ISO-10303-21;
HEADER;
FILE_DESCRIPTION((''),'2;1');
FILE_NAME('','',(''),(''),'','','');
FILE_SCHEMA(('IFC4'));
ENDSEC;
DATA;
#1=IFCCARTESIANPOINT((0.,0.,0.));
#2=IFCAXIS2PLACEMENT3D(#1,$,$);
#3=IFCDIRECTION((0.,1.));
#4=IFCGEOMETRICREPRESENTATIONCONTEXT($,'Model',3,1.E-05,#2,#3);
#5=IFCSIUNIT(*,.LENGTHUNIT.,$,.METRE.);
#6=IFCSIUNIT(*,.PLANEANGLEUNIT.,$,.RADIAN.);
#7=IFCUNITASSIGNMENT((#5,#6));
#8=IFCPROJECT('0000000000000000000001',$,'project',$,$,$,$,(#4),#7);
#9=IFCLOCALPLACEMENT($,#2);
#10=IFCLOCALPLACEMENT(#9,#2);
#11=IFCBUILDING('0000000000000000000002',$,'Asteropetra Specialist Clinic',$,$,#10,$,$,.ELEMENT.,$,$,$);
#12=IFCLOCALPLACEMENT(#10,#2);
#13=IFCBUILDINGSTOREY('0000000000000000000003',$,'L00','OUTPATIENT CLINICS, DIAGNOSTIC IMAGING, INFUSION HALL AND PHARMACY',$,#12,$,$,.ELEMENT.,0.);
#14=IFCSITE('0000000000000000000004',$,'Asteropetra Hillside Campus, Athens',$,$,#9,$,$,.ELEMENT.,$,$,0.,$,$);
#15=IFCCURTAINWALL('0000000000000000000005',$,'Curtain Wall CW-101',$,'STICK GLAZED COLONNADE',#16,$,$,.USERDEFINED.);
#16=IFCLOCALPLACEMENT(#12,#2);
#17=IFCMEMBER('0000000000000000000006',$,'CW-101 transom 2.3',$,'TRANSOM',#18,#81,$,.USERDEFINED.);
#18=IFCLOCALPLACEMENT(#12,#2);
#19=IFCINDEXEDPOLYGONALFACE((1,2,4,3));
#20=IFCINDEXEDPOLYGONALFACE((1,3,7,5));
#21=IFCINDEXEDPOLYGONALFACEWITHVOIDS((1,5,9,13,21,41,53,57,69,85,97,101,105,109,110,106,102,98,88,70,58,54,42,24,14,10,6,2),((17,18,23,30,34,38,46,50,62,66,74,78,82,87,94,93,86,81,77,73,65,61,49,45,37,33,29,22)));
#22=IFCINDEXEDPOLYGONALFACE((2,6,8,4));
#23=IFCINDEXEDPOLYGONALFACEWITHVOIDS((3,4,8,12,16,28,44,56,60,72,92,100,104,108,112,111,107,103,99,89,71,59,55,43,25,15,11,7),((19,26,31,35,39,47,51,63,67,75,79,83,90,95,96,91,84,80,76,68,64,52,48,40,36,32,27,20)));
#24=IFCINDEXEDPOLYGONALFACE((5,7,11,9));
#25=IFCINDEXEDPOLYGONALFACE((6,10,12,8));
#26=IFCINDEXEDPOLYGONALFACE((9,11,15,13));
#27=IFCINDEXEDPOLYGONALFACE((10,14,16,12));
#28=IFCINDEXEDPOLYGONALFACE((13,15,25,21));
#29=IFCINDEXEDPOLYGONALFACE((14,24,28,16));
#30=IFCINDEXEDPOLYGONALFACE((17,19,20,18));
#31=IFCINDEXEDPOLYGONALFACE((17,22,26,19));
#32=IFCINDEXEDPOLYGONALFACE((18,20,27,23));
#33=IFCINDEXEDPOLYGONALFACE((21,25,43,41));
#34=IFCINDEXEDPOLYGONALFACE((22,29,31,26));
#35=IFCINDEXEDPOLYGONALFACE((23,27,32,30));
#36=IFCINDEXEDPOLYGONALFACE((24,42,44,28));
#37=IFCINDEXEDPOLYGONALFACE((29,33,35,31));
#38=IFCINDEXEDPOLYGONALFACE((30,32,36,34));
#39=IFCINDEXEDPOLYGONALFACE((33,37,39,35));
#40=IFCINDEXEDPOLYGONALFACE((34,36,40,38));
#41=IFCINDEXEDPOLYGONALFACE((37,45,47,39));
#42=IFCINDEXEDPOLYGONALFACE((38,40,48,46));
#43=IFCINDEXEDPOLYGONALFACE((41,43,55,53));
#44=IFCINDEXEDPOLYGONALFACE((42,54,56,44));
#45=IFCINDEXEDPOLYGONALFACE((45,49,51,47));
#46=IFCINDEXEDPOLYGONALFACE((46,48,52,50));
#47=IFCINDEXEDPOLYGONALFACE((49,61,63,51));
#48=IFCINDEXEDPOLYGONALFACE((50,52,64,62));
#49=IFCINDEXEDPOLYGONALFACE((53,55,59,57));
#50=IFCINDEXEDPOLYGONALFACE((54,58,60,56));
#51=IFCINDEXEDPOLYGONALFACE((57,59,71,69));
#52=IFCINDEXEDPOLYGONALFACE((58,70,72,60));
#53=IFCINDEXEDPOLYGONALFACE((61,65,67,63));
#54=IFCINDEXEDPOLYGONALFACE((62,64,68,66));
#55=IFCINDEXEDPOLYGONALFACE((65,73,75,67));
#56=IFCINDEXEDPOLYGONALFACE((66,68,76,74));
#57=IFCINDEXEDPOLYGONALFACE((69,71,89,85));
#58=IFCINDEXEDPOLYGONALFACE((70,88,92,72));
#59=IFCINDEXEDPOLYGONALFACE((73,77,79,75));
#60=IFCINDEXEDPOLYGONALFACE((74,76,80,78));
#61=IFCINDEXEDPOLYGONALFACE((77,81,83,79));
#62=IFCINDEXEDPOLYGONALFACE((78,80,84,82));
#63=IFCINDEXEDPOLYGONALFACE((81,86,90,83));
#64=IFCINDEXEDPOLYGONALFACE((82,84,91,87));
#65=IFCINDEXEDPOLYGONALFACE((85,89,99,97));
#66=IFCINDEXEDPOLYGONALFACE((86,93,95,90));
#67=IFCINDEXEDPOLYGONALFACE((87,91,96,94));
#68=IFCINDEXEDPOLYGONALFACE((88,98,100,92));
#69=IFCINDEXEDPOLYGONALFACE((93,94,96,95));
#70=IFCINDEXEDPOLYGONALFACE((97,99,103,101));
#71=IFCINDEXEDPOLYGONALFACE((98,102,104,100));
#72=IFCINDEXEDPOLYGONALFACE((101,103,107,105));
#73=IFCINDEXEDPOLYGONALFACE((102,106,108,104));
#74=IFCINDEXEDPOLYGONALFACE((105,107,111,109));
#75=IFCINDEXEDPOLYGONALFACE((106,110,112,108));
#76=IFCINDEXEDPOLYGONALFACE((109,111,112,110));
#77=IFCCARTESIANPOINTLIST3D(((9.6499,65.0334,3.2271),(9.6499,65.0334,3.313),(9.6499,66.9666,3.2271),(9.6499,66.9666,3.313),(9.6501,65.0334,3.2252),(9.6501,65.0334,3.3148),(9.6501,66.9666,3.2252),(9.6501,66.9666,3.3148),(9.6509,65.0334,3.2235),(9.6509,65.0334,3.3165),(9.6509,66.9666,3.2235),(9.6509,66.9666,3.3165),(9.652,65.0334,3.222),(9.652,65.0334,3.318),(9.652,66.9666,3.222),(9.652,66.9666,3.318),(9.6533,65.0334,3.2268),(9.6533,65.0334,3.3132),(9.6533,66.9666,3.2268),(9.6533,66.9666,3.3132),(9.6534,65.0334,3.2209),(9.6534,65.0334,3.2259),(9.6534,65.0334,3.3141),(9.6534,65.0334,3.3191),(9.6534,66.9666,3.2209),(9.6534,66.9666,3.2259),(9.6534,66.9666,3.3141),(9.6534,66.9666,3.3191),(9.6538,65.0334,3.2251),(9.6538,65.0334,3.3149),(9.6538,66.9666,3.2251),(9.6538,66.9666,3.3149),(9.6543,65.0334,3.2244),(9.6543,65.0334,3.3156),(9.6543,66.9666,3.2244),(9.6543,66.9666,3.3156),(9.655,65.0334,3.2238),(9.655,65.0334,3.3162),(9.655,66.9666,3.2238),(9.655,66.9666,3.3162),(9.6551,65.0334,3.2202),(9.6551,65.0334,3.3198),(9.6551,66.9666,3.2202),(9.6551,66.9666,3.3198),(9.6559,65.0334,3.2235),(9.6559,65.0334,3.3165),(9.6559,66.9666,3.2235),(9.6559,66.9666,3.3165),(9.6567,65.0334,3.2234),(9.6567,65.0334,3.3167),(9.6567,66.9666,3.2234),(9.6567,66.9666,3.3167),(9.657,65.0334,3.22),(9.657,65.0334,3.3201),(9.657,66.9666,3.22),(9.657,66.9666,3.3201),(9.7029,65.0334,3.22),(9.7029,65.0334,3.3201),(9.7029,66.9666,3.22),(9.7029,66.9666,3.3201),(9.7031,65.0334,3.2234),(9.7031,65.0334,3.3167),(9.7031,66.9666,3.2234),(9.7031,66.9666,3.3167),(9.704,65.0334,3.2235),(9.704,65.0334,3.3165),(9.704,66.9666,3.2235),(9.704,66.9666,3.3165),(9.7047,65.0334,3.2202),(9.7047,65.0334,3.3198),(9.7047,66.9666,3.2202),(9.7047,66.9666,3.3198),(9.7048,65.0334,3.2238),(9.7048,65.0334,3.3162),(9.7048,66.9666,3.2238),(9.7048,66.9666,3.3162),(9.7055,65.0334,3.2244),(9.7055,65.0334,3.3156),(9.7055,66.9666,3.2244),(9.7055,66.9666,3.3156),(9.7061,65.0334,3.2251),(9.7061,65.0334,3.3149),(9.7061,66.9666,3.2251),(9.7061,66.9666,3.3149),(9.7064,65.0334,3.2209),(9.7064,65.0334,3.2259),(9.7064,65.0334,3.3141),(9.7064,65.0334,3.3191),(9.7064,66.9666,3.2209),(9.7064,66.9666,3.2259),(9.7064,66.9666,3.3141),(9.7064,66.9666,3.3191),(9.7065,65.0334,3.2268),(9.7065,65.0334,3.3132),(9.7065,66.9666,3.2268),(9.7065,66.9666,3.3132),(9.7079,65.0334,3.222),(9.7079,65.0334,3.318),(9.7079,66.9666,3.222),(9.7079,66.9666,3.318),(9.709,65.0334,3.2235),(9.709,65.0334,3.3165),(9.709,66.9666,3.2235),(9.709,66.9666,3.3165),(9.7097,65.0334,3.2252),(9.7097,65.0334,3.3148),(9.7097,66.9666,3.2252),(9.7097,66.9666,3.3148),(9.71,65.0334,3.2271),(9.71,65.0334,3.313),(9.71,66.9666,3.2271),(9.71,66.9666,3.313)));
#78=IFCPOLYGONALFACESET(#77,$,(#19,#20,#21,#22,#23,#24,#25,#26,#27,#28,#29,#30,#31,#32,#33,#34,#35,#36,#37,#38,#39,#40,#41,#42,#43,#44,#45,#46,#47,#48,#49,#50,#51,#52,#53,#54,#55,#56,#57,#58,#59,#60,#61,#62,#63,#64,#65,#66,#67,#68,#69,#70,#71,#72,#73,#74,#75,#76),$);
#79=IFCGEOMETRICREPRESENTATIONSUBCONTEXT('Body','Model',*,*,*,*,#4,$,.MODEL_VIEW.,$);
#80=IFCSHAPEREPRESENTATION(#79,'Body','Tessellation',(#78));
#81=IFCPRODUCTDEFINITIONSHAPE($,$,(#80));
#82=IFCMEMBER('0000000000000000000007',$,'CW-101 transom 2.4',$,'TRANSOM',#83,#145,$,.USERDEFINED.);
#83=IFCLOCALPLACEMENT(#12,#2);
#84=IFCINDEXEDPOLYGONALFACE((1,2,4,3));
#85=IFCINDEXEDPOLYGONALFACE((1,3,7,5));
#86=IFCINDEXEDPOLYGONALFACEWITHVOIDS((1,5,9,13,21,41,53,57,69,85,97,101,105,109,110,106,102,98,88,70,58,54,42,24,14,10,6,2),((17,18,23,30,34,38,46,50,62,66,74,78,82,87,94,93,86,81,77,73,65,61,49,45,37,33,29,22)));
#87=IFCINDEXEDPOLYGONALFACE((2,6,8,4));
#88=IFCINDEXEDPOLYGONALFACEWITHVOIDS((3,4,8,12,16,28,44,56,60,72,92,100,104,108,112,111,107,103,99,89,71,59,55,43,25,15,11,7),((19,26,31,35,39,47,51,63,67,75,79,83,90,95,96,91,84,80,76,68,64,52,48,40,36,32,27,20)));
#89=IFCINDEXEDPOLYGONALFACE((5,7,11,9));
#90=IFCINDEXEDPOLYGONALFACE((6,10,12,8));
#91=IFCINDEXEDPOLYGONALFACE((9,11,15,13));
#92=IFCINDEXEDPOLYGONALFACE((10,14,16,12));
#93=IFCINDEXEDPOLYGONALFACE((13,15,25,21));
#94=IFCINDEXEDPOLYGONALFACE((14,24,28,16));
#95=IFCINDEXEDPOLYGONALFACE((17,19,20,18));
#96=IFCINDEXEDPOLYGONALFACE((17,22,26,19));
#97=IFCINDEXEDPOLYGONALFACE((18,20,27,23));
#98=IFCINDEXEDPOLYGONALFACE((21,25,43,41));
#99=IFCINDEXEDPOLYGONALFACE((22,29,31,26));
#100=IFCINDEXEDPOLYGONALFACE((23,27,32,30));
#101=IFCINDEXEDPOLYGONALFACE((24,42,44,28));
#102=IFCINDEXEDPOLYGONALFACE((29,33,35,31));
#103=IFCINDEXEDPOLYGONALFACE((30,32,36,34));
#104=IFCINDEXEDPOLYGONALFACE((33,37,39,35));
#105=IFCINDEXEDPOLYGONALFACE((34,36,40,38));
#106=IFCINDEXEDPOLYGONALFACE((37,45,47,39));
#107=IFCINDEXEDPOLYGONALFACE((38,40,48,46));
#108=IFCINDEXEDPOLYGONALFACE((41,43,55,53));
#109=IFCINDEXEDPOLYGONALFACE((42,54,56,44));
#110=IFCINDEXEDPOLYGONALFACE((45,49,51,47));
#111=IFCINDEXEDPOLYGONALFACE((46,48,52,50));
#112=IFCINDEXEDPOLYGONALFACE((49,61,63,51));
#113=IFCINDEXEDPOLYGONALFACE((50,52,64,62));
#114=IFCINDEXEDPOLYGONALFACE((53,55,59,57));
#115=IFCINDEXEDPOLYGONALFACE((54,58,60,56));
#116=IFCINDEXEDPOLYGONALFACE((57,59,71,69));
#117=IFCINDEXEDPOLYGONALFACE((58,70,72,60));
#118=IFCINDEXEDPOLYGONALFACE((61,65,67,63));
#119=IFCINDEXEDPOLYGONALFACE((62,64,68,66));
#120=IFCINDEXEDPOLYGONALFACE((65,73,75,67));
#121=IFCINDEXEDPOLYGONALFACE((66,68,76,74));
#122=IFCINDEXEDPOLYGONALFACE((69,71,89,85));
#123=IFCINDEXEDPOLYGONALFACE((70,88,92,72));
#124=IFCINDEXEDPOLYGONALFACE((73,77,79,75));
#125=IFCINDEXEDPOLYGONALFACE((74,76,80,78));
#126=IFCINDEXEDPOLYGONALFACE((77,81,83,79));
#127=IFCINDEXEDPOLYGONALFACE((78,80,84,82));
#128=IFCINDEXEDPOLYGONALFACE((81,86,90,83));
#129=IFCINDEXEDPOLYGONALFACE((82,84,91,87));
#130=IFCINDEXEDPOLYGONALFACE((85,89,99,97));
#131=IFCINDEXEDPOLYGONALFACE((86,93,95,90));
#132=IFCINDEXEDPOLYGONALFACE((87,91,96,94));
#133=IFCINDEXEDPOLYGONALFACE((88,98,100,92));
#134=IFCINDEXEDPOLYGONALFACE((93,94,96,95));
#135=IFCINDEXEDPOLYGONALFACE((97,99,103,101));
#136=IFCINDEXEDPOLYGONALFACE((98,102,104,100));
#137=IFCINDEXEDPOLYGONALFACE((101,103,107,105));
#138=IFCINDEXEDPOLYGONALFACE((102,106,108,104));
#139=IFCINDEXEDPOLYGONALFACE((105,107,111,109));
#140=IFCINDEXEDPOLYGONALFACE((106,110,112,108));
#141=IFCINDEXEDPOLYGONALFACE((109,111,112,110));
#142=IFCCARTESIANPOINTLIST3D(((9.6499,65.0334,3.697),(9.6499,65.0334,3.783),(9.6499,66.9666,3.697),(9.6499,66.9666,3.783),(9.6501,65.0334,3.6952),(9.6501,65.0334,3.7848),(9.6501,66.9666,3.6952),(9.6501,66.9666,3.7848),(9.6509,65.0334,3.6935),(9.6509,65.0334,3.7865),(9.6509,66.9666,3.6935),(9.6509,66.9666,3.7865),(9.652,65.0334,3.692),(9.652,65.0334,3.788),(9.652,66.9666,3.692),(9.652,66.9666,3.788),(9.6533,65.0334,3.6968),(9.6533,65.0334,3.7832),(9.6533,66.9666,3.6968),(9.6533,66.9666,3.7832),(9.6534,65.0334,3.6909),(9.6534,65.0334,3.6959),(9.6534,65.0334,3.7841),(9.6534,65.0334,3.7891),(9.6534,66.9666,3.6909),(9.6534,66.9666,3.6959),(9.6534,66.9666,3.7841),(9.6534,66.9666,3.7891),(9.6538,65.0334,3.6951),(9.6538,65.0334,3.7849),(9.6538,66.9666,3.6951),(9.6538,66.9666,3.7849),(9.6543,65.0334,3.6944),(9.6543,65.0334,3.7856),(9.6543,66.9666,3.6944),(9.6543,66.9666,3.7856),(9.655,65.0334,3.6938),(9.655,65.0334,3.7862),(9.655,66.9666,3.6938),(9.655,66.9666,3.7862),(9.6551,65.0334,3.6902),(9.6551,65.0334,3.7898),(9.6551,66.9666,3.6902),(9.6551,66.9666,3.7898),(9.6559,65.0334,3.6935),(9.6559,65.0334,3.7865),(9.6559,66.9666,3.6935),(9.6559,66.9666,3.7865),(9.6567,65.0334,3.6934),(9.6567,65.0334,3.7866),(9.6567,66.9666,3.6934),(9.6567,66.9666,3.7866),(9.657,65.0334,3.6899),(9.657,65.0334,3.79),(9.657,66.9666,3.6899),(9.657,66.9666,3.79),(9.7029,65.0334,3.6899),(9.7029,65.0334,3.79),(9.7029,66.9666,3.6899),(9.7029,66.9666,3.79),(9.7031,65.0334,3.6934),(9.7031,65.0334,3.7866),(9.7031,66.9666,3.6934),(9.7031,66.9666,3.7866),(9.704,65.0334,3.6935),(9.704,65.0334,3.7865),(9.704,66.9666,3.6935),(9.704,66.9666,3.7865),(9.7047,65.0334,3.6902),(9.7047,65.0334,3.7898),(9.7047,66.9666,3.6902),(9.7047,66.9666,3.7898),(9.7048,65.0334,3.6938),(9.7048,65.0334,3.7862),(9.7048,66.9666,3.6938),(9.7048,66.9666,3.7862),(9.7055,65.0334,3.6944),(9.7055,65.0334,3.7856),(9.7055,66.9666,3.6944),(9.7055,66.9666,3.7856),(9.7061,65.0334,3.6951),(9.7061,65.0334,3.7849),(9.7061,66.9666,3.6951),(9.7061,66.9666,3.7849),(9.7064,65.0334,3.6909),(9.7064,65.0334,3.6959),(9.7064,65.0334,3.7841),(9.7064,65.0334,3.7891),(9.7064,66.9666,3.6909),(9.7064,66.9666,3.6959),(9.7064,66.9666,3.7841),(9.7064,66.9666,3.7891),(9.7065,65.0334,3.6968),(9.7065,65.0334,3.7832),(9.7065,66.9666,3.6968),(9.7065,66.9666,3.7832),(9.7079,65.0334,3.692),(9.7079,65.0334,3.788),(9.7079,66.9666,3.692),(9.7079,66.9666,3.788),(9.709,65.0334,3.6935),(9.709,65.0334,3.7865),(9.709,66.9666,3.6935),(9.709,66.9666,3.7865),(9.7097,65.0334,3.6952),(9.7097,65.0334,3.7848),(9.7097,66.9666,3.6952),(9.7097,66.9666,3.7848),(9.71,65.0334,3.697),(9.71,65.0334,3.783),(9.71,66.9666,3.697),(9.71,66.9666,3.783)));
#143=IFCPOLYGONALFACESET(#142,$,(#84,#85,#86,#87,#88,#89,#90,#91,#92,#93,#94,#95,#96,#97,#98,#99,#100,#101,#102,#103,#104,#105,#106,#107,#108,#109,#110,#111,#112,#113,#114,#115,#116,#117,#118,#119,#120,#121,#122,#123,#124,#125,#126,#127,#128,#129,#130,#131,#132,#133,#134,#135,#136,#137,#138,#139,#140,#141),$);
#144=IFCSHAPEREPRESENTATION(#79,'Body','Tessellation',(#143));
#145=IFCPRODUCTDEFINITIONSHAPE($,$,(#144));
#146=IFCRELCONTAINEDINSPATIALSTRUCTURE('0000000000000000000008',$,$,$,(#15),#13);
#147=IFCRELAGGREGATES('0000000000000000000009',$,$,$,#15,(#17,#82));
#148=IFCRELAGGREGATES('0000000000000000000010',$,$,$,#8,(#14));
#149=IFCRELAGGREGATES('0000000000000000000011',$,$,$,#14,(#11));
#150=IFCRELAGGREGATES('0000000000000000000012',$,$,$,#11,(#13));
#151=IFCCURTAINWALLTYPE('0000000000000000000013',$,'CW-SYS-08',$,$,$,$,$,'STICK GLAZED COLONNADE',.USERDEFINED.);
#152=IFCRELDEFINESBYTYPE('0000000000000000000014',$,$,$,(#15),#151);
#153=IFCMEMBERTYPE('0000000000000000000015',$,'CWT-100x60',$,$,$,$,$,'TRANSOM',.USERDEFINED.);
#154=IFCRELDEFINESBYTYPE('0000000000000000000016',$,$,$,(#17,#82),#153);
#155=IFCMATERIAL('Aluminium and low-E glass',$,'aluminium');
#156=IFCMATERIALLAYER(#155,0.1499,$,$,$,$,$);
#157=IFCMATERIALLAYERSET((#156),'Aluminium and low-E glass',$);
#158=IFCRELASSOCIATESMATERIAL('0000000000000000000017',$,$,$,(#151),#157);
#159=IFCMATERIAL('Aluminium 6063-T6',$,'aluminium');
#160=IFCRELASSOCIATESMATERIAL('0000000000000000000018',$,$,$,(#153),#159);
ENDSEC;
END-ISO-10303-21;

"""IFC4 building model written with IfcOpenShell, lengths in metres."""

from ifc_helpers import new_model, si_unit, direction, frame, origin, origin_2d, place, context, subcontext, project, spatial, hollow_rectangle, extrude, material, layer, layer_set, material_profile, profile_set, type_object, element, aggregate, save


model = new_model("IFC4")

# Units and contexts
model_context = context("Model", 3, precision=1e-05, world=origin(), true_north=direction((0.0, 1.0)))
body_context = subcontext(model_context, "Body", "Model", "MODEL_VIEW")
ifc_project = project(units=[si_unit("LENGTHUNIT", "METRE"), si_unit("PLANEANGLEUNIT", "RADIAN")], contexts=[model_context])

# Site, building, storey
site_placement = place(None, origin())
site = spatial("IfcSite", under=ifc_project, at=site_placement, Name="Asteropetra Hillside Campus, Athens", CompositionType="ELEMENT", RefElevation=0.0)
building_placement = place(site_placement, origin())
building = spatial("IfcBuilding", under=site, at=building_placement, Name="Asteropetra Specialist Clinic", CompositionType="ELEMENT")
storey_placement = place(building_placement, origin())
storey = spatial("IfcBuildingStorey", under=building, at=storey_placement, Name="L00", Description="OUTPATIENT CLINICS, DIAGNOSTIC IMAGING, INFUSION HALL AND PHARMACY", CompositionType="ELEMENT", Elevation=0.0)

# Curtain wall
ifc_material_1 = material(Name="Aluminium and low-E glass", Category="aluminium")
ifc_layer_1 = layer(ifc_material_1, 0.1499)
ifc_layer_set_1 = layer_set([ifc_layer_1], Name="Aluminium and low-E glass")
curtain_wall_type_1 = type_object("IfcCurtainWallType", Name="CW-SYS-08", ElementType="STICK GLAZED COLONNADE", PredefinedType="USERDEFINED", material=ifc_layer_set_1)
curtain_wall_1_placement = place(storey_placement, origin())
curtain_wall_1 = element("IfcCurtainWall", 1, at=curtain_wall_1_placement, inside=storey, type_object=curtain_wall_type_1, Name="Curtain Wall CW-101", ObjectType="STICK GLAZED COLONNADE", PredefinedType="USERDEFINED")

# Members
ifc_material_2 = material(Name="Aluminium 6063-T6", Category="aluminium")
ifc_material_profile_1 = material_profile(ifc_material_2, hollow_rectangle(XDim=0.0601, YDim=0.1001, WallThickness=0.0034, InnerFilletRadius=0.0034, OuterFilletRadius=0.0071, at=origin_2d()), Name="TRN 100x60x3.5")
ifc_profile_set_1 = profile_set([ifc_material_profile_1], Name="Aluminium 6063-T6")
member_type_1 = type_object("IfcMemberType", Name="CWT-100x60", ElementType="TRANSOM", PredefinedType="USERDEFINED", material=ifc_profile_set_1)
member_1_placement = place(storey_placement, frame((9.6799, 65.0334, 3.27), z_axis=(0.0, 1.0, 0.0), x_axis=(-1.0, 0.0, 0.0)))
member_1 = element("IfcMember", 2, at=member_1_placement, type_object=member_type_1, Name="CW-101 transom 2.3", ObjectType="TRANSOM", PredefinedType="USERDEFINED", context=body_context, shape_type="SweptSolid", body=[
    extrude(hollow_rectangle(XDim=0.0601, YDim=0.1001, WallThickness=0.0034, InnerFilletRadius=0.0034, OuterFilletRadius=0.0071, at=origin_2d()), origin(), (0.0, 0.0, 1.0), 1.9331),
])
member_2_placement = place(storey_placement, frame((9.6799, 65.0334, 3.74), z_axis=(0.0, 1.0, 0.0), x_axis=(-1.0, 0.0, 0.0)))
member_2 = element("IfcMember", 3, at=member_2_placement, type_object=member_type_1, Name="CW-101 transom 2.4", ObjectType="TRANSOM", PredefinedType="USERDEFINED", context=body_context, shape_type="SweptSolid", body=[
    extrude(hollow_rectangle(XDim=0.0601, YDim=0.1001, WallThickness=0.0034, InnerFilletRadius=0.0034, OuterFilletRadius=0.0071, at=origin_2d()), origin(), (0.0, 0.0, 1.0), 1.9331),
])

aggregate(curtain_wall_1, [member_1, member_2])

save(model, "model.ifc")
